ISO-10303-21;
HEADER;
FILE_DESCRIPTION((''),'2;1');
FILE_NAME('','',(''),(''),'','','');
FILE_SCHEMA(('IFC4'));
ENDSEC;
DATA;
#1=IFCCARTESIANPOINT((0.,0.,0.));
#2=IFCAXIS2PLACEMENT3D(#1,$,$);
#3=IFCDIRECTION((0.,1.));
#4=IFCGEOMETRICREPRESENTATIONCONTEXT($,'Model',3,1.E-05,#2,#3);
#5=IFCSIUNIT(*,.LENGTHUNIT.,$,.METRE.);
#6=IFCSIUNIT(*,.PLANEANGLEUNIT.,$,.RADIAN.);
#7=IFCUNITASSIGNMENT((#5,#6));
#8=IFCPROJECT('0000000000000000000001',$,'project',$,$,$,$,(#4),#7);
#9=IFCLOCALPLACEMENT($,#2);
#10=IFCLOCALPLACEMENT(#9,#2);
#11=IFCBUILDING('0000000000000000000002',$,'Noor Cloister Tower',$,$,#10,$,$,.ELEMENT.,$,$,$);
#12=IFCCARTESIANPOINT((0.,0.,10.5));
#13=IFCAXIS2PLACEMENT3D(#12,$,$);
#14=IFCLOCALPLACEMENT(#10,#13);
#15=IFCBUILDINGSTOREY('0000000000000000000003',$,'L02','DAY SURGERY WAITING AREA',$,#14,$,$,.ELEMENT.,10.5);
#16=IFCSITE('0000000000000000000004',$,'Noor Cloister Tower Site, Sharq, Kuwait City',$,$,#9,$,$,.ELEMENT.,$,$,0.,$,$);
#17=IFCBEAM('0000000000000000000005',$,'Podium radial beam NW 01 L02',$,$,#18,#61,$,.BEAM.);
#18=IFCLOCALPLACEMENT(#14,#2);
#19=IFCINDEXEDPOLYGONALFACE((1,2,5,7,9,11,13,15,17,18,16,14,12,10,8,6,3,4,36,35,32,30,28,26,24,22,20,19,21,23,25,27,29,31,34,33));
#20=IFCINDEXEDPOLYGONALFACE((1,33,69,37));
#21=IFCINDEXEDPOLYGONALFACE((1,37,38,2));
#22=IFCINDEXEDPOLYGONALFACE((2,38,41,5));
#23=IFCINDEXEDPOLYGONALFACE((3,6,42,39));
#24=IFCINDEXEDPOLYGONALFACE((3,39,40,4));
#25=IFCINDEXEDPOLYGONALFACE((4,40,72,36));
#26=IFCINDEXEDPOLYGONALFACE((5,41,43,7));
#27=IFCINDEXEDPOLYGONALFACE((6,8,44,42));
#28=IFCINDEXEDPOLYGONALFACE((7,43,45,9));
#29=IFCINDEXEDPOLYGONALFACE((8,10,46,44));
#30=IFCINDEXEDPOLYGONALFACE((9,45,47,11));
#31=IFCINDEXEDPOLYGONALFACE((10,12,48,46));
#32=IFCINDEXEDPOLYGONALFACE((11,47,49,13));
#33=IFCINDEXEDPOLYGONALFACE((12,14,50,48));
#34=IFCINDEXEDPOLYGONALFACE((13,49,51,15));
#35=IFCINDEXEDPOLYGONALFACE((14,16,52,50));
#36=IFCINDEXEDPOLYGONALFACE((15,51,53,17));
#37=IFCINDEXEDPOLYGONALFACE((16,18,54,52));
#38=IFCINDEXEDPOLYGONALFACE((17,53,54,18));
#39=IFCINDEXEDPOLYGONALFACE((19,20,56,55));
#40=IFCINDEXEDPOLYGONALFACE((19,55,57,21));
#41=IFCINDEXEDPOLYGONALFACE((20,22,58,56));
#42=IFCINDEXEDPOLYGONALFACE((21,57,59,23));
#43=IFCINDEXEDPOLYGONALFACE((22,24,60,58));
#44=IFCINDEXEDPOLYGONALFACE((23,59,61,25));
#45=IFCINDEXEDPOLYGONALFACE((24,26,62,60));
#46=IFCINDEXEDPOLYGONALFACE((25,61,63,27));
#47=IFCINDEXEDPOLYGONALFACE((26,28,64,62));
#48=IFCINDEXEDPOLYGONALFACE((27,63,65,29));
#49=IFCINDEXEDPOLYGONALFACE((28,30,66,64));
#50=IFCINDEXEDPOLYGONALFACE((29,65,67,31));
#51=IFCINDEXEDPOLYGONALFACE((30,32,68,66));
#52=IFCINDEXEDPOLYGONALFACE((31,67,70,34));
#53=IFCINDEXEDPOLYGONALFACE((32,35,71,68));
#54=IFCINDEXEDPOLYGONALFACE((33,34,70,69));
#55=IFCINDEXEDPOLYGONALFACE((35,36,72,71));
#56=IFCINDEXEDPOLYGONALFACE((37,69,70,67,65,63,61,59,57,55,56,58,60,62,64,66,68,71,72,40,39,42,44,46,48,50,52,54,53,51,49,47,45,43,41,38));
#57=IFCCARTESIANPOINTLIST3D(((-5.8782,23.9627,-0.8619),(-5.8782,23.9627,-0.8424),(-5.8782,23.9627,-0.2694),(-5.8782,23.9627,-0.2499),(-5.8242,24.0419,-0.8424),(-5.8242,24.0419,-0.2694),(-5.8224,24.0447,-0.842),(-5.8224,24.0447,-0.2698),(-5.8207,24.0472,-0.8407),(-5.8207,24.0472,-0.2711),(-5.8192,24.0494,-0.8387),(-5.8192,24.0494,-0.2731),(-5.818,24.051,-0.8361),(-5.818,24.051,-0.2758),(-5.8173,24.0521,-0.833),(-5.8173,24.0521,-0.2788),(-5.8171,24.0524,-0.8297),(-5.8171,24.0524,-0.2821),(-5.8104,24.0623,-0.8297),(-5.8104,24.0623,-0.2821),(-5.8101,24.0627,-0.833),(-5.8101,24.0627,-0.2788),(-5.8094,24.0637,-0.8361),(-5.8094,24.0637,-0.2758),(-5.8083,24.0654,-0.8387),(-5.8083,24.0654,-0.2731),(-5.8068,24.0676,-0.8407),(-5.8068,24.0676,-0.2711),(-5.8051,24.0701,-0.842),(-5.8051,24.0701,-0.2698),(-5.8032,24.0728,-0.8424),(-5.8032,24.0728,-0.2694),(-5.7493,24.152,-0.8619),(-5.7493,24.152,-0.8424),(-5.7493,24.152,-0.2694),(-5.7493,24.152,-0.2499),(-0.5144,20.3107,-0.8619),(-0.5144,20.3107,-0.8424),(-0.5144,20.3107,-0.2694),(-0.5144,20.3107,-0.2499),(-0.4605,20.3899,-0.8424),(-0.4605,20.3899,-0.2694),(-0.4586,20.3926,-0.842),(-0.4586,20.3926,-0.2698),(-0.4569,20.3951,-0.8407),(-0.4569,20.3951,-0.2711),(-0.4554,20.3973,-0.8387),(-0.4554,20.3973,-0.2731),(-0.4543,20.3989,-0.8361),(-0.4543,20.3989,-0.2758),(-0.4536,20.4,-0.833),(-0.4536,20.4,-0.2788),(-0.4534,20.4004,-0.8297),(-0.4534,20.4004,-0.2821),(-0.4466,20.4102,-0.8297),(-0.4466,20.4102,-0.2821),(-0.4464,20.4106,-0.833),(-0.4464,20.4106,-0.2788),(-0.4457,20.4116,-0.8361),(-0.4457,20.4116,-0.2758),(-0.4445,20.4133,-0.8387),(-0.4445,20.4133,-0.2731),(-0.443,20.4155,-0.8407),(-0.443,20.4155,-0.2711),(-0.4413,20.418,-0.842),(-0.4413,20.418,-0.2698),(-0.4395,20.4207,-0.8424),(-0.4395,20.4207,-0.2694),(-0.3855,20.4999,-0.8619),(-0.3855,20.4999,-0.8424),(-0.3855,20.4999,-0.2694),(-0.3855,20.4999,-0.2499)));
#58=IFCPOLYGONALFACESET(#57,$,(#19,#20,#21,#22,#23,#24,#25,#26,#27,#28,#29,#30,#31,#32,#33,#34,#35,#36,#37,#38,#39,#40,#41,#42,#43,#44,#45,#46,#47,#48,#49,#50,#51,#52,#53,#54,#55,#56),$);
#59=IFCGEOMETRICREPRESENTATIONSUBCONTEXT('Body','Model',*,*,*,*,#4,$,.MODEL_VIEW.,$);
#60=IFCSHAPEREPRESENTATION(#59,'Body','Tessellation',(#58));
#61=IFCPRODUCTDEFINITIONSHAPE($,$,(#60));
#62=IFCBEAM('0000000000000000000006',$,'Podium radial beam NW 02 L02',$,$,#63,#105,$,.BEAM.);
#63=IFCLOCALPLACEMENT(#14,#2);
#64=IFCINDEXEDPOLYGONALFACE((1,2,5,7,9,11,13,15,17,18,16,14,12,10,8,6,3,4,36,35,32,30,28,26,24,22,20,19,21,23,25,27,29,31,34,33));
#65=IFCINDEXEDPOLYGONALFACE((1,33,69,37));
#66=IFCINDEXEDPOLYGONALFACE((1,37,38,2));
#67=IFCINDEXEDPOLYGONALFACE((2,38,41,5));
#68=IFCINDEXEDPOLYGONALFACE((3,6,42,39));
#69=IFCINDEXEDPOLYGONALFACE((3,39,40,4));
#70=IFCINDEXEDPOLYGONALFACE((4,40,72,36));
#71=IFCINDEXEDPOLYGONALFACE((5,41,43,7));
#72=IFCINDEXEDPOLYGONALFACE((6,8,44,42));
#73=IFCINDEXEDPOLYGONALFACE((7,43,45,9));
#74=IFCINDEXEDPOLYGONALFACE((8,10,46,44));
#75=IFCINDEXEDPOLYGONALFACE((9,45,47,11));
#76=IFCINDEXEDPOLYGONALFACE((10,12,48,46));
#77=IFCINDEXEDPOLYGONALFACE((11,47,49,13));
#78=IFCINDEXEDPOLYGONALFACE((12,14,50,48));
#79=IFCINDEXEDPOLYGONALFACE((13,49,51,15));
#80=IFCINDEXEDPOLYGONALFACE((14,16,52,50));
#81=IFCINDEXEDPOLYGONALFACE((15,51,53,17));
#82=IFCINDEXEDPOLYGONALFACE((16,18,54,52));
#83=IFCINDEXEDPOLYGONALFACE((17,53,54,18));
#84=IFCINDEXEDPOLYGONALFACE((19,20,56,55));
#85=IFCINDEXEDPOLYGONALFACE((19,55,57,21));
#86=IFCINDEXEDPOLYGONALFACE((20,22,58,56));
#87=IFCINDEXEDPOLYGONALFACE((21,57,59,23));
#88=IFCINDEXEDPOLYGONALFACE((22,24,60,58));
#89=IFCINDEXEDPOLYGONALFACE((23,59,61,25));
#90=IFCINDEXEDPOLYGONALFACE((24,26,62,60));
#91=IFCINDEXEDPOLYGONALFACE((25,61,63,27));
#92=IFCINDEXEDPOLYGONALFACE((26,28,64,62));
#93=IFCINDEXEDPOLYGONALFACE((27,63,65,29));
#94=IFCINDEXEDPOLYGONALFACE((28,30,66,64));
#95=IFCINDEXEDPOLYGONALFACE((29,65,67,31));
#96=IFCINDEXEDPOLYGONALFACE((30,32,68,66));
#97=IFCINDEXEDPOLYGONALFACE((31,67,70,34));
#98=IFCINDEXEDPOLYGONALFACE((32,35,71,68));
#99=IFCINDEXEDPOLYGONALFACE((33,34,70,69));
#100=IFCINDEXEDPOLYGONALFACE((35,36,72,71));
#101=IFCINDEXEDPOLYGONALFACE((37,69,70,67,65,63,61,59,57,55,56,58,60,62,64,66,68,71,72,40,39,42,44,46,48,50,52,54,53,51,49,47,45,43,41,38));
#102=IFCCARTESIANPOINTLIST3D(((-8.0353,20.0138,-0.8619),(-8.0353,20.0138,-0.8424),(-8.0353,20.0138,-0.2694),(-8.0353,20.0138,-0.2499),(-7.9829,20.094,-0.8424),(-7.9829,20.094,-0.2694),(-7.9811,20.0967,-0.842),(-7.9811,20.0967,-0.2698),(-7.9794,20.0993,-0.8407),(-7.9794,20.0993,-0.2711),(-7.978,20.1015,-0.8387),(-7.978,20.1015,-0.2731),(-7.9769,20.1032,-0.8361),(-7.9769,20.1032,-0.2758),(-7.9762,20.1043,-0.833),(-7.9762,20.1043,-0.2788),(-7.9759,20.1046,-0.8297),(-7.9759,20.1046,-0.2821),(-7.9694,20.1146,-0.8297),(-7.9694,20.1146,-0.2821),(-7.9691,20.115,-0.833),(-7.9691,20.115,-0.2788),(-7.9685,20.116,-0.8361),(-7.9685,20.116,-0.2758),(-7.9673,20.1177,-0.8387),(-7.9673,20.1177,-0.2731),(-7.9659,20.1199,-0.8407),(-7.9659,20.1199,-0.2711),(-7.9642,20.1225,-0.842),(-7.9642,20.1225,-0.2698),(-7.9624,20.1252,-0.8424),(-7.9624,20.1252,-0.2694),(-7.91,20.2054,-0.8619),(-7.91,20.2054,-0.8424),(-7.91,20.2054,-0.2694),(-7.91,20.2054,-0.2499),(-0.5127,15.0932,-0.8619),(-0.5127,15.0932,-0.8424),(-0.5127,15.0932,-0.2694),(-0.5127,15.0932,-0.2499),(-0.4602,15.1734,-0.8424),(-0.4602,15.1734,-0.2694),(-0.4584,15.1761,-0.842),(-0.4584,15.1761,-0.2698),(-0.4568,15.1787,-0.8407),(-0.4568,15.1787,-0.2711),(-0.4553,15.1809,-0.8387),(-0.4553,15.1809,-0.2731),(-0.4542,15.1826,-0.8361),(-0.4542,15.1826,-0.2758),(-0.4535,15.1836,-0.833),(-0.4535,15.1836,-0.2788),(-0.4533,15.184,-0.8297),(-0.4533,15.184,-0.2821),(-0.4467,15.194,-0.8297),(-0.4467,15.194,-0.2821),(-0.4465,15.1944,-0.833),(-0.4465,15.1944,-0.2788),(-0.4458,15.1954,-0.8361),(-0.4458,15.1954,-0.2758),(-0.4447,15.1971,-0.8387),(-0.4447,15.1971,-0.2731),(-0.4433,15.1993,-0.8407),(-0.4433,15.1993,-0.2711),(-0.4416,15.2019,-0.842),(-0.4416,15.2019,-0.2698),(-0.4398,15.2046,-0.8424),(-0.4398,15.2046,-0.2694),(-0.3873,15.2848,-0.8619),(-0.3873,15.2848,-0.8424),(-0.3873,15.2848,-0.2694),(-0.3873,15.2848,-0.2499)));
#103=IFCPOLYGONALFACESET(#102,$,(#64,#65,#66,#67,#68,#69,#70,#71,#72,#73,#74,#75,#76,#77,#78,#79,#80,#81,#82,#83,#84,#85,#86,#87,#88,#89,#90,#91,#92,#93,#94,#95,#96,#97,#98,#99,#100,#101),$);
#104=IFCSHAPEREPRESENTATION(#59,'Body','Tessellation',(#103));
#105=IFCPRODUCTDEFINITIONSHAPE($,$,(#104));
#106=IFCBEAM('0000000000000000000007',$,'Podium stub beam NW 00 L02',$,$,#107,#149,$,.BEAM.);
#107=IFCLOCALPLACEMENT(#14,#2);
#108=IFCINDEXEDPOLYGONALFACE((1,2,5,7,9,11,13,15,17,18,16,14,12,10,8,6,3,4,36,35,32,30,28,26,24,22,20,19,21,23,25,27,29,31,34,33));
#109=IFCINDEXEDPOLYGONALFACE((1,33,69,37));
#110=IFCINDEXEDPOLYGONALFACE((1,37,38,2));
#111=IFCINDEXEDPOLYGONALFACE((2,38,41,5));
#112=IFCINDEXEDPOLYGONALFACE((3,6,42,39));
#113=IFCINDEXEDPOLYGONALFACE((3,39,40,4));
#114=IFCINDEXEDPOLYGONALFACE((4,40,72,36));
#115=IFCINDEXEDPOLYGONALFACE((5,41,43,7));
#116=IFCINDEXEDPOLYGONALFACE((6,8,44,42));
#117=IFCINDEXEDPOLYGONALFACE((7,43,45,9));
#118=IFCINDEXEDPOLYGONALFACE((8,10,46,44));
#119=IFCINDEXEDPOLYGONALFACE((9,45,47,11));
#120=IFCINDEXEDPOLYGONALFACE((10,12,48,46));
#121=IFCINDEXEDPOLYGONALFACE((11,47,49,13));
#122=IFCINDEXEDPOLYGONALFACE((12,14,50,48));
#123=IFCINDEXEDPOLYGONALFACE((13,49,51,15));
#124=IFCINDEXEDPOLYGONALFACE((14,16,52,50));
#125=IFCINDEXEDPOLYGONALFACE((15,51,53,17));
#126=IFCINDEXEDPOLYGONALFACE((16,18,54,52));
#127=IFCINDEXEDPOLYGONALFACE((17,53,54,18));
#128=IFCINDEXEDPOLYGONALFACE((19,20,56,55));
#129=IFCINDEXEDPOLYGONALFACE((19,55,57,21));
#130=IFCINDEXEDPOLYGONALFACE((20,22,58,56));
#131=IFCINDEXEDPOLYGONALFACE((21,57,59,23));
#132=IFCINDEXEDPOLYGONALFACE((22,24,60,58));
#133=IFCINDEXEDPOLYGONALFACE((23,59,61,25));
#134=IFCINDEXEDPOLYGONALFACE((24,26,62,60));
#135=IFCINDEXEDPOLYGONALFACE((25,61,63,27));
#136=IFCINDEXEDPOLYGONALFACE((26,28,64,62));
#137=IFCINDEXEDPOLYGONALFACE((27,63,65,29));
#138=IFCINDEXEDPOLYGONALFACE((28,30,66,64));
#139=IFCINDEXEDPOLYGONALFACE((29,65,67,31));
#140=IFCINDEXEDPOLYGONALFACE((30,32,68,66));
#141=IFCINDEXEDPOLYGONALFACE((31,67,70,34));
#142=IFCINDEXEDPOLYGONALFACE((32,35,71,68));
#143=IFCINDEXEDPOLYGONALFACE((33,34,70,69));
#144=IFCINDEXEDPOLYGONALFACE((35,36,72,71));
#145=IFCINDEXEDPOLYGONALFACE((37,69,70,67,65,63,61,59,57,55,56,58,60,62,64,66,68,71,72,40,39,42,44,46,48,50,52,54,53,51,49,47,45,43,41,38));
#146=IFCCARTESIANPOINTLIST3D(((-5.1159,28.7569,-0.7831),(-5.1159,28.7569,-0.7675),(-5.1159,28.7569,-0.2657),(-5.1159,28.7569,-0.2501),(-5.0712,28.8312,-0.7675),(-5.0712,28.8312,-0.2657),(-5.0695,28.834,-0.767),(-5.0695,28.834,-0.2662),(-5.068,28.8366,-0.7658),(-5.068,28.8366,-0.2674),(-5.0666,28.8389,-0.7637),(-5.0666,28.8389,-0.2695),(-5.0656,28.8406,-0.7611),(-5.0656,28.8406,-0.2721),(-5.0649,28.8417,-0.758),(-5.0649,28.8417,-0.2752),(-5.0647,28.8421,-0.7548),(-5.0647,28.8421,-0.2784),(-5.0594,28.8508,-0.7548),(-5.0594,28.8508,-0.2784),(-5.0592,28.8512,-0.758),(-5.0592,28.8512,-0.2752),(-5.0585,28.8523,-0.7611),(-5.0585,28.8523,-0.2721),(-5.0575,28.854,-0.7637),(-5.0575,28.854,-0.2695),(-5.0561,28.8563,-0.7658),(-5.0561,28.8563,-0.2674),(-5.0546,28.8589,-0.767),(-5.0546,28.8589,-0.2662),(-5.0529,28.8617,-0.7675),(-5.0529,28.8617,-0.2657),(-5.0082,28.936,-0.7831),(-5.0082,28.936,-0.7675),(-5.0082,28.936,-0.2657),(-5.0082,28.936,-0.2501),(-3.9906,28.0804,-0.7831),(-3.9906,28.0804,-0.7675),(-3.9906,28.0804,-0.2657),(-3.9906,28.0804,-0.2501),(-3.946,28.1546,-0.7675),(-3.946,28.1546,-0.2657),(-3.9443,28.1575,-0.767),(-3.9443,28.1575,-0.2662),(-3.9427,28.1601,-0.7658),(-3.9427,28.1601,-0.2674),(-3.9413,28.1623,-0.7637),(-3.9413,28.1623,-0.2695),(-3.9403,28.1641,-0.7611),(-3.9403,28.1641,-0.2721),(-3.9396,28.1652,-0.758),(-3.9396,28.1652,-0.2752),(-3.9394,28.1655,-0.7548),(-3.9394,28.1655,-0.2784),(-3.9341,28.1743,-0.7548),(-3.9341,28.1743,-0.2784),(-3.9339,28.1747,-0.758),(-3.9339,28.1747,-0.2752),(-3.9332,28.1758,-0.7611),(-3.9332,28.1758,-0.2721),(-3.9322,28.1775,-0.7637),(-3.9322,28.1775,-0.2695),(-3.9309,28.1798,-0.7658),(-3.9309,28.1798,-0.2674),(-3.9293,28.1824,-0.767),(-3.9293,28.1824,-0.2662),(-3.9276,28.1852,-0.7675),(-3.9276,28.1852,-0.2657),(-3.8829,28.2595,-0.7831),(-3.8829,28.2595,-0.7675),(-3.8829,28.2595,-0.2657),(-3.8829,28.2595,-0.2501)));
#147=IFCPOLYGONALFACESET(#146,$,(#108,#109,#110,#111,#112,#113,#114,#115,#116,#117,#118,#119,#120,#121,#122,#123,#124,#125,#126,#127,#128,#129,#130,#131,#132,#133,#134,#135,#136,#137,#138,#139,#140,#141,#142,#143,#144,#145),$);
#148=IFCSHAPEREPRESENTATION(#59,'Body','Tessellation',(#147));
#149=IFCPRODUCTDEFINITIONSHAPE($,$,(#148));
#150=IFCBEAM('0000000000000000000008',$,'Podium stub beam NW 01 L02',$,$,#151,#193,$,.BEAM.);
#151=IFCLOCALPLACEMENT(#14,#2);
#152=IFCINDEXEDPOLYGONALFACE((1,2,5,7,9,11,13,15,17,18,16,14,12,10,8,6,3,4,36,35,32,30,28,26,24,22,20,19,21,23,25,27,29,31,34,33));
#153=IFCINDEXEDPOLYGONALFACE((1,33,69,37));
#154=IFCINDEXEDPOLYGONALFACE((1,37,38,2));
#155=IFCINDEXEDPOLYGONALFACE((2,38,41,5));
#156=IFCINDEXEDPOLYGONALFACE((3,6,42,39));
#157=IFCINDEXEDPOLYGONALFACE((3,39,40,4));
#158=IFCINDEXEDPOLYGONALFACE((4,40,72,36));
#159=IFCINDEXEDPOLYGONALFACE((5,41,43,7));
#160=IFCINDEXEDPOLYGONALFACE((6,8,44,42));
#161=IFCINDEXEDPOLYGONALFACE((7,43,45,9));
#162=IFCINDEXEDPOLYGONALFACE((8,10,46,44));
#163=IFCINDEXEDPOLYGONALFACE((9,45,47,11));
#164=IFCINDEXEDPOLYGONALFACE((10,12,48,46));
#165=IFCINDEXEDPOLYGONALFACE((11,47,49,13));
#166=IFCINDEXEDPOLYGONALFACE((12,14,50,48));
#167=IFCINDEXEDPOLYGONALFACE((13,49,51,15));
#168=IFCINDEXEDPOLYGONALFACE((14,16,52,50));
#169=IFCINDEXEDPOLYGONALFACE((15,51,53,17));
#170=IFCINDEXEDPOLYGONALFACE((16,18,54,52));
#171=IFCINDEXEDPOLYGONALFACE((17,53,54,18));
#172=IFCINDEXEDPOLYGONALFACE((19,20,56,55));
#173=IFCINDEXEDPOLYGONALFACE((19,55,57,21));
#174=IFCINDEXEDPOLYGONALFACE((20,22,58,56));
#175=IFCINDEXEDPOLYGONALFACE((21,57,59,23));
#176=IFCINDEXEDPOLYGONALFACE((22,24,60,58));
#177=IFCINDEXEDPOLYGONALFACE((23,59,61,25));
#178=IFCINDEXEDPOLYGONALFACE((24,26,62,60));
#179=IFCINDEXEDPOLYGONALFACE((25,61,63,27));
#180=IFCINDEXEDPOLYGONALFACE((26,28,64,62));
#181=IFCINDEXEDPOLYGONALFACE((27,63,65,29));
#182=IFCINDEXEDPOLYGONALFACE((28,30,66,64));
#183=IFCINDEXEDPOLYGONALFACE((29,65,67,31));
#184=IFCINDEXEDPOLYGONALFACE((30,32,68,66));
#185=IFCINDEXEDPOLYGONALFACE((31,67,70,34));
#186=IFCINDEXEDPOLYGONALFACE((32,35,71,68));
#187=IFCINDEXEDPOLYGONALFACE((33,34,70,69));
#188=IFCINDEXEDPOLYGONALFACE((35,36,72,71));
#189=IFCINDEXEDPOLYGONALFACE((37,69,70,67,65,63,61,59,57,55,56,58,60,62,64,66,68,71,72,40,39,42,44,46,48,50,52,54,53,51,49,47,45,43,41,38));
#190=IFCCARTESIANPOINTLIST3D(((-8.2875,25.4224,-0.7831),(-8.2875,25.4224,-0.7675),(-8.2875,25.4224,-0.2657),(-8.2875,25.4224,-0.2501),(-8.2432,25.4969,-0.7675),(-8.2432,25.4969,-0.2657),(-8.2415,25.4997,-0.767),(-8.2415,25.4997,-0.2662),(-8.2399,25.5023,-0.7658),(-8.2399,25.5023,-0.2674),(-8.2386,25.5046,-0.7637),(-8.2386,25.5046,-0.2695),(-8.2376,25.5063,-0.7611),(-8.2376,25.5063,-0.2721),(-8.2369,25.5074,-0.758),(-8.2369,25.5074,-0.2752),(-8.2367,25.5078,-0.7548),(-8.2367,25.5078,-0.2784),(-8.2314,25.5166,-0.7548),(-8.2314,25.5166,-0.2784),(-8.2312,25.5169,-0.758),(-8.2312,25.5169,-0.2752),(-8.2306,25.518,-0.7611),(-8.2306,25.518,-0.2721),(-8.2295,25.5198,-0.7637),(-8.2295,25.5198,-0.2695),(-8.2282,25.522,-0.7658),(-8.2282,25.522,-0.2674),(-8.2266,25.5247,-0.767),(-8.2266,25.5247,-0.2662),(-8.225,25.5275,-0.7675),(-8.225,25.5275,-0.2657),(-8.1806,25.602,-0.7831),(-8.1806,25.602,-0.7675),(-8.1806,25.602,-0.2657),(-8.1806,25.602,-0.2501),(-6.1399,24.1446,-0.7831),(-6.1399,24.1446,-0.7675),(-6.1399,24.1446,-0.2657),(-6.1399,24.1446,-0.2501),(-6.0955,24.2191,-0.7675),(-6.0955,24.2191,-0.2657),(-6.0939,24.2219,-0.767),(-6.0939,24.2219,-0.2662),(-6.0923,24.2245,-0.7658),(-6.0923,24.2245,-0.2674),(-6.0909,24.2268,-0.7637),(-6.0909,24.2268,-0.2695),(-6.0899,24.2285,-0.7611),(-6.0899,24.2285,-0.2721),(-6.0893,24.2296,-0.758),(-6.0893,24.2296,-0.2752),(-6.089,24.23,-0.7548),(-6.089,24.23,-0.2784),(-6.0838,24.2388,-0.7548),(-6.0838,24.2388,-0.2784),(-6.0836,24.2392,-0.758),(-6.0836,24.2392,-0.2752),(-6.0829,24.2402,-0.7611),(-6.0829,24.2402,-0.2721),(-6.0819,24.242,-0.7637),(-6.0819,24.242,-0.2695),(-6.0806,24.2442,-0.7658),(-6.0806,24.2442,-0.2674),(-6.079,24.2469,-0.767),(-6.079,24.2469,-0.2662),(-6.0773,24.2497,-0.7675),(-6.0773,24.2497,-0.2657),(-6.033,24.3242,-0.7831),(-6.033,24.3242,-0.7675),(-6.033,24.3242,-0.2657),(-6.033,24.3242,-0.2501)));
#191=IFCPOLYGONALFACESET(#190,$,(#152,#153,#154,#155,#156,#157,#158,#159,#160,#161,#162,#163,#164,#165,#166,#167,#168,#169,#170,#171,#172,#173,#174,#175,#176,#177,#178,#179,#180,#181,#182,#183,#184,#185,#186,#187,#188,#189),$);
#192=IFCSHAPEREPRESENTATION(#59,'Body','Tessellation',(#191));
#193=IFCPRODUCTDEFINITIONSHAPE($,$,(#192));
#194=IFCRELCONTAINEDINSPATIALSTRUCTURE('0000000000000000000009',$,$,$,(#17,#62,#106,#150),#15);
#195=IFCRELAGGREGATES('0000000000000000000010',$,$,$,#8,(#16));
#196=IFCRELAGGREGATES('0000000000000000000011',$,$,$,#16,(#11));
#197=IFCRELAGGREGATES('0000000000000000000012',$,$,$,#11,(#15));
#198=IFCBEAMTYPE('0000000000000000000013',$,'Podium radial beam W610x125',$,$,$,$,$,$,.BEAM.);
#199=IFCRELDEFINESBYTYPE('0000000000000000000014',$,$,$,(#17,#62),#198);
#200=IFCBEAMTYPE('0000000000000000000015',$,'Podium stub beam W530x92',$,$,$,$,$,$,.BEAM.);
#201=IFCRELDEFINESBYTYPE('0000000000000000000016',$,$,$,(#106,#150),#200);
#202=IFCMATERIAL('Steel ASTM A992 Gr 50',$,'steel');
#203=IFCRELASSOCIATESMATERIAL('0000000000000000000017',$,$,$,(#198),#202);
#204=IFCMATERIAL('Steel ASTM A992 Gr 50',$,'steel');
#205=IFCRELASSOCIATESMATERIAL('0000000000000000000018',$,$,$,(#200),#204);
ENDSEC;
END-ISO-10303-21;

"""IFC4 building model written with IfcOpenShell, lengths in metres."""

from ifc_helpers import new_model, si_unit, direction, frame, origin, origin_2d, place, context, subcontext, project, spatial, i_section, extrude, material, material_profile, profile_set, type_object, element, save


model = new_model("IFC4")

# Units and contexts
model_context = context("Model", 3, precision=1e-05, world=origin(), true_north=direction((0.0, 1.0)))
body_context = subcontext(model_context, "Body", "Model", "MODEL_VIEW")
ifc_project = project(units=[si_unit("LENGTHUNIT", "METRE"), si_unit("PLANEANGLEUNIT", "RADIAN")], contexts=[model_context])

# Site, building, storey
site_placement = place(None, origin())
site = spatial("IfcSite", under=ifc_project, at=site_placement, Name="Noor Cloister Tower Site, Sharq, Kuwait City", CompositionType="ELEMENT", RefElevation=0.0)
building_placement = place(site_placement, origin())
building = spatial("IfcBuilding", under=site, at=building_placement, Name="Noor Cloister Tower", CompositionType="ELEMENT")
storey_placement = place(building_placement, frame((0.0, 0.0, 10.5)))
storey = spatial("IfcBuildingStorey", under=building, at=storey_placement, Name="L02", Description="DAY SURGERY WAITING AREA", CompositionType="ELEMENT", Elevation=10.5)

# Beams
ifc_material_1 = material(Name="Steel ASTM A992 Gr 50", Category="steel")
ifc_material_profile_1 = material_profile(ifc_material_1, i_section(OverallWidth=0.229, OverallDepth=0.6121, WebThickness=0.012, FlangeThickness=0.0195, FilletRadius=0.0127, at=origin_2d()), Name="W610x125")
ifc_profile_set_1 = profile_set([ifc_material_profile_1], Name="Steel ASTM A992 Gr 50")
beam_type_1 = type_object("IfcBeamType", Name="Podium radial beam W610x125", PredefinedType="BEAM", material=ifc_profile_set_1)
beam_1_placement = place(storey_placement, frame((-5.8137, 24.0574, -0.5559), z_axis=(0.826587, -0.562809, 0.0), x_axis=(0.562809, 0.826587, 0.0)))
element("IfcBeam", 1, at=beam_1_placement, inside=storey, type_object=beam_type_1, Name="Podium radial beam NW 01 L02", PredefinedType="BEAM", context=body_context, shape_type="SweptSolid", body=[
    extrude(i_section(OverallWidth=0.229, OverallDepth=0.6121, WebThickness=0.012, FlangeThickness=0.0195, FilletRadius=0.0127, at=origin_2d()), origin(), (0.0, 0.0, 1.0), 6.489),
])
beam_2_placement = place(storey_placement, frame((-7.9727, 20.1096, -0.5559), z_axis=(0.83687, -0.547402, 0.0), x_axis=(0.547402, 0.83687, 0.0)))
element("IfcBeam", 2, at=beam_2_placement, inside=storey, type_object=beam_type_1, Name="Podium radial beam NW 02 L02", PredefinedType="BEAM", context=body_context, shape_type="SweptSolid", body=[
    extrude(i_section(OverallWidth=0.229, OverallDepth=0.6121, WebThickness=0.012, FlangeThickness=0.0195, FilletRadius=0.0127, at=origin_2d()), origin(), (0.0, 0.0, 1.0), 8.989),
])
ifc_material_2 = material(Name="Steel ASTM A992 Gr 50", Category="steel")
ifc_material_profile_2 = material_profile(ifc_material_2, i_section(OverallWidth=0.209, OverallDepth=0.533, WebThickness=0.0103, FlangeThickness=0.0156, FilletRadius=0.0127, at=origin_2d()), Name="W530x92")
ifc_profile_set_2 = profile_set([ifc_material_profile_2], Name="Steel ASTM A992 Gr 50")
beam_type_2 = type_object("IfcBeamType", Name="Podium stub beam W530x92", PredefinedType="BEAM", material=ifc_profile_set_2)
beam_3_placement = place(storey_placement, frame((-3.9368, 28.1699, -0.5166), z_axis=(-0.857033, 0.515261, 0.0), x_axis=(-0.515261, -0.857033, 0.0)))
element("IfcBeam", 3, at=beam_3_placement, inside=storey, type_object=beam_type_2, Name="Podium stub beam NW 00 L02", PredefinedType="BEAM", context=body_context, shape_type="SweptSolid", body=[
    extrude(i_section(OverallWidth=0.209, OverallDepth=0.533, WebThickness=0.0103, FlangeThickness=0.0156, FilletRadius=0.0127, at=origin_2d()), origin(), (0.0, 0.0, 1.0), 1.313),
])
beam_4_placement = place(storey_placement, frame((-6.0864, 24.2344, -0.5166), z_axis=(-0.859392, 0.511317, 0.0), x_axis=(-0.511317, -0.859392, 0.0)))
element("IfcBeam", 4, at=beam_4_placement, inside=storey, type_object=beam_type_2, Name="Podium stub beam NW 01 L02", PredefinedType="BEAM", context=body_context, shape_type="SweptSolid", body=[
    extrude(i_section(OverallWidth=0.209, OverallDepth=0.533, WebThickness=0.0103, FlangeThickness=0.0156, FilletRadius=0.0127, at=origin_2d()), origin(), (0.0, 0.0, 1.0), 2.499),
])

save(model, "model.ifc")
